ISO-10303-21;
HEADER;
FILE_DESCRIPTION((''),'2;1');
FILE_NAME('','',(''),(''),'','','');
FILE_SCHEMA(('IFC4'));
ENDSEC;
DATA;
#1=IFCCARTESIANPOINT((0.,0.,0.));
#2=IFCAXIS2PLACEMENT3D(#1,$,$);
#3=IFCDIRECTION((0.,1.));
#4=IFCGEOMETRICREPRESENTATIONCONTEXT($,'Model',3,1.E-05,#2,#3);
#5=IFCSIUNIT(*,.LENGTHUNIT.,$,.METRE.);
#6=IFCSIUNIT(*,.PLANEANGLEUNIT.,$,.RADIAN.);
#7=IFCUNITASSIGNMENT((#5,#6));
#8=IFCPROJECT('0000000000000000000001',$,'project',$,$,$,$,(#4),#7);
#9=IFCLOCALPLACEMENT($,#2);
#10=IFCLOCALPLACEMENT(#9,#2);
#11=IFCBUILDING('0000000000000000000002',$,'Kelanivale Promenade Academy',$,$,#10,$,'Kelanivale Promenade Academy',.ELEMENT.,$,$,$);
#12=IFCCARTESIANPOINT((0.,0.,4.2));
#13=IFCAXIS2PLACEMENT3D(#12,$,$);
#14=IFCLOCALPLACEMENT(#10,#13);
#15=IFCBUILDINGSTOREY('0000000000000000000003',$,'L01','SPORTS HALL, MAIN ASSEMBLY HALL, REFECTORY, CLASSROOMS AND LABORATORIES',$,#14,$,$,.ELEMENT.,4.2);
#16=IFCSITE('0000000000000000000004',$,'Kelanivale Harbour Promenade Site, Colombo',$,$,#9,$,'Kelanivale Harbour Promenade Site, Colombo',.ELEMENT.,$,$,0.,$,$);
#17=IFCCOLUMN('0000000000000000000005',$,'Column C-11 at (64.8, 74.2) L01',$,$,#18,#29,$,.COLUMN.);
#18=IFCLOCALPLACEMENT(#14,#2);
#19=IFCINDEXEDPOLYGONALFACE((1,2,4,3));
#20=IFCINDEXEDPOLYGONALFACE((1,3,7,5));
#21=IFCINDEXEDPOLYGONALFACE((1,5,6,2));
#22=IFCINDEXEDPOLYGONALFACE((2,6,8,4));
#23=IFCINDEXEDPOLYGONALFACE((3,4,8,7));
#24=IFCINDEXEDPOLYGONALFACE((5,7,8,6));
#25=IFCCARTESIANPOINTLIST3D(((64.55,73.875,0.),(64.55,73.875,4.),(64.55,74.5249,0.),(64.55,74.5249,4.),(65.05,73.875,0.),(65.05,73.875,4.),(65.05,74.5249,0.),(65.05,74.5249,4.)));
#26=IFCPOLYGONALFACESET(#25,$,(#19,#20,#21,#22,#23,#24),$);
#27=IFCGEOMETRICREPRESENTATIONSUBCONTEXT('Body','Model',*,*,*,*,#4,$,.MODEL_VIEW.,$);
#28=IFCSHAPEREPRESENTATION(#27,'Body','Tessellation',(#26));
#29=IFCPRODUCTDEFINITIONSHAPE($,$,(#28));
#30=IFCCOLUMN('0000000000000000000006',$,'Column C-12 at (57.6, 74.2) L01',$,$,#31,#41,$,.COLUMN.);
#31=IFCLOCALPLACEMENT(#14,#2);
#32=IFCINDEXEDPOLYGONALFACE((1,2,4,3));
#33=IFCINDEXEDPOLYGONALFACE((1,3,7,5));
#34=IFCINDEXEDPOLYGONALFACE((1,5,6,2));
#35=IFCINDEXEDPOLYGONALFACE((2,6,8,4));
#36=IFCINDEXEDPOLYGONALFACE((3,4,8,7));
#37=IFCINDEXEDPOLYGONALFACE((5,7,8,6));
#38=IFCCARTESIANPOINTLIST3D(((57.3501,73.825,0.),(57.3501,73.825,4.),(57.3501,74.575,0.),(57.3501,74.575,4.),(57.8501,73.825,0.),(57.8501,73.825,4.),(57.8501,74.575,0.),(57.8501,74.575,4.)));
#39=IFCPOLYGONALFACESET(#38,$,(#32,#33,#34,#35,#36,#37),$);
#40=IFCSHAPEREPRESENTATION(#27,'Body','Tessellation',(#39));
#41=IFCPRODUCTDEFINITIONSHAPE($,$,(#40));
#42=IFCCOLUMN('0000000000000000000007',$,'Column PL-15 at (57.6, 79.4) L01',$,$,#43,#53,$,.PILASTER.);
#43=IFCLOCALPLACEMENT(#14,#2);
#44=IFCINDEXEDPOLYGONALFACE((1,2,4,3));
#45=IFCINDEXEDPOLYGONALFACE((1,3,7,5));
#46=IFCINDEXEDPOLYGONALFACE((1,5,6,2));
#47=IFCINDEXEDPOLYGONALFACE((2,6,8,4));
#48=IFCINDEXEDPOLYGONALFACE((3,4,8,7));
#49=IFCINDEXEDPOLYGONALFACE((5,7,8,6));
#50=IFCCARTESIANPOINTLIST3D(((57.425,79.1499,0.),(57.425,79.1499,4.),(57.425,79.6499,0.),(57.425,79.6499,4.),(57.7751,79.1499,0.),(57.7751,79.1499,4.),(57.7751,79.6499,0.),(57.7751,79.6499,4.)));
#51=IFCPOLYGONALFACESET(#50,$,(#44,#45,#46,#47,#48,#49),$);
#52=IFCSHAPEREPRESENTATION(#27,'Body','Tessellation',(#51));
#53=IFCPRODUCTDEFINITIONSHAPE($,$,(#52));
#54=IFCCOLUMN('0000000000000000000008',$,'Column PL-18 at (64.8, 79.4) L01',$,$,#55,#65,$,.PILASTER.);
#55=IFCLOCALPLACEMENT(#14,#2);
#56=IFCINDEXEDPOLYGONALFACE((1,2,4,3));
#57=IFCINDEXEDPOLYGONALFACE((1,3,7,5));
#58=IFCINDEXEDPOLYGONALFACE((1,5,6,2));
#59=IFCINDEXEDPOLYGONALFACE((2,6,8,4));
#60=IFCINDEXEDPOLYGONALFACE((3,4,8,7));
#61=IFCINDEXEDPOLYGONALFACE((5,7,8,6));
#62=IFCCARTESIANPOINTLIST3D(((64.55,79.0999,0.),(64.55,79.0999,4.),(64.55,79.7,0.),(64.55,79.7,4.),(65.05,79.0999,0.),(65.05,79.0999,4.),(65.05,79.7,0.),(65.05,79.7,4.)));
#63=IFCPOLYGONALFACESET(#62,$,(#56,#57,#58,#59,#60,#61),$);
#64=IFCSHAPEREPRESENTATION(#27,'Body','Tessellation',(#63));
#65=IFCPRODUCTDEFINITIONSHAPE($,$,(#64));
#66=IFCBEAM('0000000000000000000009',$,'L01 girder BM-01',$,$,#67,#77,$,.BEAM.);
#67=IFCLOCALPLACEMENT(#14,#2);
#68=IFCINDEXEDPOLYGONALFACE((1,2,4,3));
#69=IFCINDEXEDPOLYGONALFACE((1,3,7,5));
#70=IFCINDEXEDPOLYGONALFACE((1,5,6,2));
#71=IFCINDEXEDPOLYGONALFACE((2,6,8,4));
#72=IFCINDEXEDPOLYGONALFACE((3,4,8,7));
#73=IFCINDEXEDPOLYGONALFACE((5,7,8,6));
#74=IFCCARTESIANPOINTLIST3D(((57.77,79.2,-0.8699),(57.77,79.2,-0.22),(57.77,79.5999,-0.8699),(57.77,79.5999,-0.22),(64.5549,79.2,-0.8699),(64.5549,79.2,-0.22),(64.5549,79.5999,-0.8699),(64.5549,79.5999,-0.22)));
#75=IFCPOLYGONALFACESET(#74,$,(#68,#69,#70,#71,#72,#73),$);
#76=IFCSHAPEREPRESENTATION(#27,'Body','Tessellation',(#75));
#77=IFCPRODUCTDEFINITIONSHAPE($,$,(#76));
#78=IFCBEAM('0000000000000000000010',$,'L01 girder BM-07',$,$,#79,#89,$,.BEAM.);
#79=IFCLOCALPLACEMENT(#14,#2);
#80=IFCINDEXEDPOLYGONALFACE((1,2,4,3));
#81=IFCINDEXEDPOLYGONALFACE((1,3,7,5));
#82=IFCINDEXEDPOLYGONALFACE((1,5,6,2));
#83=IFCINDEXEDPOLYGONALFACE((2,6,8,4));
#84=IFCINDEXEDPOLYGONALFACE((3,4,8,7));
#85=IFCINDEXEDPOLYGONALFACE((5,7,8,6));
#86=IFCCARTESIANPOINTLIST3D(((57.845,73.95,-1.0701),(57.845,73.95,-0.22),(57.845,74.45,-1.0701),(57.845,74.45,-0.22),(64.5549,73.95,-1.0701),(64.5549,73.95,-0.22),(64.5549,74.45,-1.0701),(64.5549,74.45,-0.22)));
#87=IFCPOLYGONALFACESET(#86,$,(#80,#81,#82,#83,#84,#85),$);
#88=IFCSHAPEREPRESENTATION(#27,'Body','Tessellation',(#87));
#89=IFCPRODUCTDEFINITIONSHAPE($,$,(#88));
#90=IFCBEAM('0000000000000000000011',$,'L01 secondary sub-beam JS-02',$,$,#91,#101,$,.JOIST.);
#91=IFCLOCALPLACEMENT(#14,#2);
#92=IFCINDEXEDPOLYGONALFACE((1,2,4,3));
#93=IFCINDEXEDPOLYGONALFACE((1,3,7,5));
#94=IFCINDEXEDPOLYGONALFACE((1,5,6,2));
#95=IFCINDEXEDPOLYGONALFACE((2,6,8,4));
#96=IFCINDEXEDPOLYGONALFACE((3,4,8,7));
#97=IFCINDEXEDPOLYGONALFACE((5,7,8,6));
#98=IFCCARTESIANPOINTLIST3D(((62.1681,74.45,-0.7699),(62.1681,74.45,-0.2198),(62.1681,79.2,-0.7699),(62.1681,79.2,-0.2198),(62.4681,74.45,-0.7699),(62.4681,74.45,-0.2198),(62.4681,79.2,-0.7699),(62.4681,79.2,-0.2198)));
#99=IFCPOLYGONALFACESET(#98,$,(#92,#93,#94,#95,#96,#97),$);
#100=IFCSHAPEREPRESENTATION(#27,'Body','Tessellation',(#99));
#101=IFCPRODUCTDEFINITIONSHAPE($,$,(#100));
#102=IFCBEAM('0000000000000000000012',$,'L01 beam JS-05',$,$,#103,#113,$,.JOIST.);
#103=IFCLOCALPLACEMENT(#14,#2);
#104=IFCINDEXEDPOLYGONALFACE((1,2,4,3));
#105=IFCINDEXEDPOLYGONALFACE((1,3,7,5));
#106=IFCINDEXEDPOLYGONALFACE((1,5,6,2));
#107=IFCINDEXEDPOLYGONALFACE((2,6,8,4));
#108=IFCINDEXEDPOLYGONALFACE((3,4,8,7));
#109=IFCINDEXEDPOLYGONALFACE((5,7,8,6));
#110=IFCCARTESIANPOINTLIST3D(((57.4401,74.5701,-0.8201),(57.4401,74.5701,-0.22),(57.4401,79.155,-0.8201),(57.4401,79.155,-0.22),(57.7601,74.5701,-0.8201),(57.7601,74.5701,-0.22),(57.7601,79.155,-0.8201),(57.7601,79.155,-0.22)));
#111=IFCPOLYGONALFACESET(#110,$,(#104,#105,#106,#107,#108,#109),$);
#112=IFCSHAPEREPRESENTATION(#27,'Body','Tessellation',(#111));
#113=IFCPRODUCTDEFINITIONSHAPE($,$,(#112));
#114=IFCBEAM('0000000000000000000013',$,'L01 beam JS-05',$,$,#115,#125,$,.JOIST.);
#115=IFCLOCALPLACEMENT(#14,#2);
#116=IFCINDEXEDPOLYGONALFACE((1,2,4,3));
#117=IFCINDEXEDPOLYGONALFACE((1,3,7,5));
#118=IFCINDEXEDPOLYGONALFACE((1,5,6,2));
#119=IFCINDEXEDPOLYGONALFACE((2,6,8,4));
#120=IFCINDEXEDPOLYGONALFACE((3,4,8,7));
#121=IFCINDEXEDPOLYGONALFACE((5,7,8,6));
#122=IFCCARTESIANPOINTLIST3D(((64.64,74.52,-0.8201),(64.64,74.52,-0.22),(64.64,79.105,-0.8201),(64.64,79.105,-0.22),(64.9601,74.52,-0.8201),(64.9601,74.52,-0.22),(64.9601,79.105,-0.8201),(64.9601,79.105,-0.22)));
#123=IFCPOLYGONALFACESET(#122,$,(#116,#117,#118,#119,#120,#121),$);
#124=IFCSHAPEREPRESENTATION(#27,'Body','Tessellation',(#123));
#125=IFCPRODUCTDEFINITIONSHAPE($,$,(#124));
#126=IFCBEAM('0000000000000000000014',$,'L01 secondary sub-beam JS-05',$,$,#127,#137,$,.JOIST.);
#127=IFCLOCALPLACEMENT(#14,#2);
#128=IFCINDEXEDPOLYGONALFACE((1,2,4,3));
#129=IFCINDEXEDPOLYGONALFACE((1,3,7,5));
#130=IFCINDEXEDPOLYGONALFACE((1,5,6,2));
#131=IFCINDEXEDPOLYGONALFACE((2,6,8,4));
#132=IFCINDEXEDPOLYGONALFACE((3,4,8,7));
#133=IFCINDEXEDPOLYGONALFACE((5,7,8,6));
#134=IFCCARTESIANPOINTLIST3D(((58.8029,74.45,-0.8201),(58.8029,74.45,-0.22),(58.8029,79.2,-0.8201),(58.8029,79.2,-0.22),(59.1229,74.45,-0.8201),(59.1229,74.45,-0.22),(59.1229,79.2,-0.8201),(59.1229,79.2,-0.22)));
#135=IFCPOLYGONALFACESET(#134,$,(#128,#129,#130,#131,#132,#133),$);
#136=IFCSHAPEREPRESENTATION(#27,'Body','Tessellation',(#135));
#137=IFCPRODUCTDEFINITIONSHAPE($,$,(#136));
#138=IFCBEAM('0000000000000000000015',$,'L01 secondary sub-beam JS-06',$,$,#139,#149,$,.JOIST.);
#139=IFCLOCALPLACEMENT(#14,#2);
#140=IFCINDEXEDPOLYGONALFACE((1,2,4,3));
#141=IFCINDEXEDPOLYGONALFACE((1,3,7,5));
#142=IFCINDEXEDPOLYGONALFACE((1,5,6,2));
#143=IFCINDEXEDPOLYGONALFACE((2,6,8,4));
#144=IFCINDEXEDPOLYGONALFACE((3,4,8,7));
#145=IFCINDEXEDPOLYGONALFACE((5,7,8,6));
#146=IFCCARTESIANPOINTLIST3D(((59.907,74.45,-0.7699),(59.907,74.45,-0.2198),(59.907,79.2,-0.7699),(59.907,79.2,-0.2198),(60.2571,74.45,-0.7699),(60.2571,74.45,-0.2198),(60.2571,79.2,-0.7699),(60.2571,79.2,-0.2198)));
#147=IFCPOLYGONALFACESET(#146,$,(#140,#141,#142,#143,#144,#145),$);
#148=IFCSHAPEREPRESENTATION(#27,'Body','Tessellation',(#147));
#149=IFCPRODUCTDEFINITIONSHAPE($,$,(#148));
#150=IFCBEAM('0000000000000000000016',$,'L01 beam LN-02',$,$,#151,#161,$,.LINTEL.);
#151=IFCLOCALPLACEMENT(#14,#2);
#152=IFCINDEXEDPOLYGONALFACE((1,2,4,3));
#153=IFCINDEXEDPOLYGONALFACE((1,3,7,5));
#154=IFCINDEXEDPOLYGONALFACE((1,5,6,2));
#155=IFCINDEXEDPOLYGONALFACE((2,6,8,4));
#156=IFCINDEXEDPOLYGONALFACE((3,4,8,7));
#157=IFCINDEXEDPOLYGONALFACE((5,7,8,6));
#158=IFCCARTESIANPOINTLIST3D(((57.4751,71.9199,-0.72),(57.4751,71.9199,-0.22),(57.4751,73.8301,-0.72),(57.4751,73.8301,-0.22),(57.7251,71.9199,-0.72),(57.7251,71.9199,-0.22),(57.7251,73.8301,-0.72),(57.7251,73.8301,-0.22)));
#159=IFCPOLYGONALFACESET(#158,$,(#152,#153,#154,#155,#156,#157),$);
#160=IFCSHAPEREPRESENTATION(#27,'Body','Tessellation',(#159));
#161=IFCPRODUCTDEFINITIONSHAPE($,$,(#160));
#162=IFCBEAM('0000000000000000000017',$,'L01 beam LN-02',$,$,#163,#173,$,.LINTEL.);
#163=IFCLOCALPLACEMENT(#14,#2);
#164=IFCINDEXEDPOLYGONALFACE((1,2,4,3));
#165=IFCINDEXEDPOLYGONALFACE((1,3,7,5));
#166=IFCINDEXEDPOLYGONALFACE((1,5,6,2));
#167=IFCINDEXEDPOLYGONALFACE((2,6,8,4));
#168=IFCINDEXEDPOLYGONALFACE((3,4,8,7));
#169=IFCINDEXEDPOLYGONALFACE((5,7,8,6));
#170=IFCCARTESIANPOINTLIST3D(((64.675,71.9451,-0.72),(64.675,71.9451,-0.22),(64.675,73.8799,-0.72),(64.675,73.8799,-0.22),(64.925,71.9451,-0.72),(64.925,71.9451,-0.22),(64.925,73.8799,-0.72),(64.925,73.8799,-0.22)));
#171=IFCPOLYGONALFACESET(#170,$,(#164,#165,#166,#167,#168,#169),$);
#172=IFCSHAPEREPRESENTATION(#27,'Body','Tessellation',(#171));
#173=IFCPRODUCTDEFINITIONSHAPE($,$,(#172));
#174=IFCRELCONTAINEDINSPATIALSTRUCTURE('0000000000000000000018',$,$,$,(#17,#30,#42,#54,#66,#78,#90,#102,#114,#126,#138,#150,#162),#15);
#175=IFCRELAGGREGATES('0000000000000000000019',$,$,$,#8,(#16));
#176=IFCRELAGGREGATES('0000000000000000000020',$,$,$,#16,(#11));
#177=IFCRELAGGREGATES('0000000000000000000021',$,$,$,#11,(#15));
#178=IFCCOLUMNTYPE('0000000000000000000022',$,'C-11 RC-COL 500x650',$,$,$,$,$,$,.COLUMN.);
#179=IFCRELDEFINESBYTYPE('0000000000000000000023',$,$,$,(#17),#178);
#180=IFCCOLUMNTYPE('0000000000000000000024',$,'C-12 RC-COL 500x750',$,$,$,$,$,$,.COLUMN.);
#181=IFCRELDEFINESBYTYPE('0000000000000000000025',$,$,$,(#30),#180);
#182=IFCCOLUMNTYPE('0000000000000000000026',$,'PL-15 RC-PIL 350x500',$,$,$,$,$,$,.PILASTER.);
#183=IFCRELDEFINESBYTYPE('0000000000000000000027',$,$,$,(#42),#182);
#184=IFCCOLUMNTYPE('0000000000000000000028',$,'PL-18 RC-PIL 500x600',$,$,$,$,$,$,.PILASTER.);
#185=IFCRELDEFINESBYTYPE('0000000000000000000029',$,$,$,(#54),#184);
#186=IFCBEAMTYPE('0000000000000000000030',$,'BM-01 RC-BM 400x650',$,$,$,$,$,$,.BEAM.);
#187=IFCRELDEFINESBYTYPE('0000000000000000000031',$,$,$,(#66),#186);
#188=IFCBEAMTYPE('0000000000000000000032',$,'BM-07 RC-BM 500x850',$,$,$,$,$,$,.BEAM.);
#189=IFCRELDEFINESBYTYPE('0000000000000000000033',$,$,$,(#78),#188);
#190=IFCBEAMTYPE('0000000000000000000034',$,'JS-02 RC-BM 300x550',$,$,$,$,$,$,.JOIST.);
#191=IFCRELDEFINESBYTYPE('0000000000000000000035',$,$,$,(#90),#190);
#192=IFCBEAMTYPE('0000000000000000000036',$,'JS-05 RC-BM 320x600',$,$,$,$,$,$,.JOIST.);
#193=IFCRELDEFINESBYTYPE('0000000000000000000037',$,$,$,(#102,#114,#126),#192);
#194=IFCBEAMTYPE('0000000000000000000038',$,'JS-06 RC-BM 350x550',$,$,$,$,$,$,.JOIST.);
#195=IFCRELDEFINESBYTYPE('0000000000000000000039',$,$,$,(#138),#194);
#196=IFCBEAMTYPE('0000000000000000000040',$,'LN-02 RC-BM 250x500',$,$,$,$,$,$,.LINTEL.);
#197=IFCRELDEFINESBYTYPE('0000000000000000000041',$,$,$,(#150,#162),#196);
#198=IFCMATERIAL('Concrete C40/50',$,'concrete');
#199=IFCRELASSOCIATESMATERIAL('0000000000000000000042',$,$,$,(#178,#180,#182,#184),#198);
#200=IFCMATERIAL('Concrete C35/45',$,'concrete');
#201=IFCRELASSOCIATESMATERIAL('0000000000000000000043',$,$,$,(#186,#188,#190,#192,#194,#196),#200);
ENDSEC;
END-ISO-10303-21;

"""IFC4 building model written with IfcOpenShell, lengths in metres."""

from ifc_helpers import new_model, si_unit, direction, frame, origin, origin_2d, place, context, subcontext, project, spatial, rectangle, extrude, material, material_profile, profile_set, type_object, element, save


model = new_model("IFC4")

# Units and contexts
model_context = context("Model", 3, precision=1e-05, world=origin(), true_north=direction((0.0, 1.0)))
body_context = subcontext(model_context, "Body", "Model", "MODEL_VIEW")
ifc_project = project(units=[si_unit("LENGTHUNIT", "METRE"), si_unit("PLANEANGLEUNIT", "RADIAN")], contexts=[model_context])

# Site, building, storey
site_placement = place(None, origin())
site = spatial("IfcSite", under=ifc_project, at=site_placement, Name="Kelanivale Harbour Promenade Site, Colombo", LongName="Kelanivale Harbour Promenade Site, Colombo", CompositionType="ELEMENT", RefElevation=0.0)
building_placement = place(site_placement, origin())
building = spatial("IfcBuilding", under=site, at=building_placement, Name="Kelanivale Promenade Academy", LongName="Kelanivale Promenade Academy", CompositionType="ELEMENT")
storey_placement = place(building_placement, frame((0.0, 0.0, 4.2)))
storey = spatial("IfcBuildingStorey", under=building, at=storey_placement, Name="L01", Description="SPORTS HALL, MAIN ASSEMBLY HALL, REFECTORY, CLASSROOMS AND LABORATORIES", CompositionType="ELEMENT", Elevation=4.2)

# Columns
ifc_material_1 = material(Name="Concrete C40/50", Category="concrete")
ifc_material_profile_1 = material_profile(ifc_material_1, rectangle(XDim=0.5, YDim=0.6499, at=origin_2d()), Name="RC-COL 500x650")
ifc_profile_set_1 = profile_set([ifc_material_profile_1], Name="Concrete C40/50")
column_type_1 = type_object("IfcColumnType", Name="C-11 RC-COL 500x650", PredefinedType="COLUMN", material=ifc_profile_set_1)
column_1_placement = place(storey_placement, frame((64.8, 74.2, 0.0), z_axis=(0.0, 0.0, 1.0), x_axis=(1.0, 0.0, 0.0)))
element("IfcColumn", 1, at=column_1_placement, inside=storey, type_object=column_type_1, Name="Column C-11 at (64.8, 74.2) L01", PredefinedType="COLUMN", context=body_context, shape_type="SweptSolid", body=[
    extrude(rectangle(XDim=0.5, YDim=0.6499, at=origin_2d()), origin(), (0.0, 0.0, 1.0), 4.0),
])
ifc_material_profile_2 = material_profile(ifc_material_1, rectangle(XDim=0.5, YDim=0.75, at=origin_2d()), Name="RC-COL 500x750")
ifc_profile_set_2 = profile_set([ifc_material_profile_2], Name="Concrete C40/50")
column_type_2 = type_object("IfcColumnType", Name="C-12 RC-COL 500x750", PredefinedType="COLUMN", material=ifc_profile_set_2)
column_2_placement = place(storey_placement, frame((57.6001, 74.2, 0.0), z_axis=(0.0, 0.0, 1.0), x_axis=(1.0, 0.0, 0.0)))
element("IfcColumn", 2, at=column_2_placement, inside=storey, type_object=column_type_2, Name="Column C-12 at (57.6, 74.2) L01", PredefinedType="COLUMN", context=body_context, shape_type="SweptSolid", body=[
    extrude(rectangle(XDim=0.5, YDim=0.75, at=origin_2d()), origin(), (0.0, 0.0, 1.0), 4.0),
])
ifc_material_profile_3 = material_profile(ifc_material_1, rectangle(XDim=0.3501, YDim=0.5, at=origin_2d()), Name="RC-PIL 350x500")
ifc_profile_set_3 = profile_set([ifc_material_profile_3], Name="Concrete C40/50")
column_type_3 = type_object("IfcColumnType", Name="PL-15 RC-PIL 350x500", PredefinedType="PILASTER", material=ifc_profile_set_3)
column_3_placement = place(storey_placement, frame((57.6001, 79.3999, 0.0), z_axis=(0.0, 0.0, 1.0), x_axis=(1.0, 0.0, 0.0)))
element("IfcColumn", 3, at=column_3_placement, inside=storey, type_object=column_type_3, Name="Column PL-15 at (57.6, 79.4) L01", PredefinedType="PILASTER", context=body_context, shape_type="SweptSolid", body=[
    extrude(rectangle(XDim=0.3501, YDim=0.5, at=origin_2d()), origin(), (0.0, 0.0, 1.0), 4.0),
])
ifc_material_profile_4 = material_profile(ifc_material_1, rectangle(XDim=0.5, YDim=0.6001, at=origin_2d()), Name="RC-PIL 500x600")
ifc_profile_set_4 = profile_set([ifc_material_profile_4], Name="Concrete C40/50")
column_type_4 = type_object("IfcColumnType", Name="PL-18 RC-PIL 500x600", PredefinedType="PILASTER", material=ifc_profile_set_4)
column_4_placement = place(storey_placement, frame((64.8, 79.3999, 0.0), z_axis=(0.0, 0.0, 1.0), x_axis=(1.0, 0.0, 0.0)))
element("IfcColumn", 4, at=column_4_placement, inside=storey, type_object=column_type_4, Name="Column PL-18 at (64.8, 79.4) L01", PredefinedType="PILASTER", context=body_context, shape_type="SweptSolid", body=[
    extrude(rectangle(XDim=0.5, YDim=0.6001, at=origin_2d()), origin(), (0.0, 0.0, 1.0), 4.0),
])

# Beams
ifc_material_2 = material(Name="Concrete C35/45", Category="concrete")
ifc_material_profile_5 = material_profile(ifc_material_2, rectangle(XDim=0.3999, YDim=0.6499, at=origin_2d()), Name="RC-BM 400x650")
ifc_profile_set_5 = profile_set([ifc_material_profile_5], Name="Concrete C35/45")
beam_type_1 = type_object("IfcBeamType", Name="BM-01 RC-BM 400x650", PredefinedType="BEAM", material=ifc_profile_set_5)
beam_1_placement = place(storey_placement, frame((57.77, 79.3999, -0.5449), z_axis=(1.0, 0.0, 0.0), x_axis=(0.0, 1.0, 0.0)))
element("IfcBeam", 5, at=beam_1_placement, inside=storey, type_object=beam_type_1, Name="L01 girder BM-01", PredefinedType="BEAM", context=body_context, shape_type="SweptSolid", body=[
    extrude(rectangle(XDim=0.3999, YDim=0.6499, at=origin_2d()), origin(), (0.0, 0.0, 1.0), 6.7849),
])
ifc_material_profile_6 = material_profile(ifc_material_2, rectangle(XDim=0.5, YDim=0.8501, at=origin_2d()), Name="RC-BM 500x850")
ifc_profile_set_6 = profile_set([ifc_material_profile_6], Name="Concrete C35/45")
beam_type_2 = type_object("IfcBeamType", Name="BM-07 RC-BM 500x850", PredefinedType="BEAM", material=ifc_profile_set_6)
beam_2_placement = place(storey_placement, frame((57.845, 74.2, -0.645), z_axis=(1.0, 0.0, 0.0), x_axis=(0.0, 1.0, 0.0)))
element("IfcBeam", 6, at=beam_2_placement, inside=storey, type_object=beam_type_2, Name="L01 girder BM-07", PredefinedType="BEAM", context=body_context, shape_type="SweptSolid", body=[
    extrude(rectangle(XDim=0.5, YDim=0.8501, at=origin_2d()), origin(), (0.0, 0.0, 1.0), 6.71),
])
ifc_material_profile_7 = material_profile(ifc_material_2, rectangle(XDim=0.3, YDim=0.55, at=origin_2d()), Name="RC-BM 300x550")
ifc_profile_set_7 = profile_set([ifc_material_profile_7], Name="Concrete C35/45")
beam_type_3 = type_object("IfcBeamType", Name="JS-02 RC-BM 300x550", PredefinedType="JOIST", material=ifc_profile_set_7)
beam_3_placement = place(storey_placement, frame((62.3181, 74.45, -0.4949), z_axis=(0.0, 1.0, 0.0), x_axis=(-1.0, 0.0, 0.0)))
element("IfcBeam", 7, at=beam_3_placement, inside=storey, type_object=beam_type_3, Name="L01 secondary sub-beam JS-02", PredefinedType="JOIST", context=body_context, shape_type="SweptSolid", body=[
    extrude(rectangle(XDim=0.3, YDim=0.55, at=origin_2d()), origin(), (0.0, 0.0, 1.0), 4.75),
])
ifc_material_profile_8 = material_profile(ifc_material_2, rectangle(XDim=0.3201, YDim=0.6001, at=origin_2d()), Name="RC-BM 320x600")
ifc_profile_set_8 = profile_set([ifc_material_profile_8], Name="Concrete C35/45")
beam_type_4 = type_object("IfcBeamType", Name="JS-05 RC-BM 320x600", PredefinedType="JOIST", material=ifc_profile_set_8)
for number, where, z_axis, x_axis, name in (
    (8, (57.6001, 74.5701, -0.52), (0.0, 1.0, 0.0), (-1.0, 0.0, 0.0), "L01 beam JS-05"),
    (9, (64.8, 74.52, -0.52), (0.0, 1.0, 0.0), (-1.0, 0.0, 0.0), "L01 beam JS-05"),
):
    element("IfcBeam", number, at=place(storey_placement, frame(where, z_axis=z_axis, x_axis=x_axis)), inside=storey, type_object=beam_type_4, Name=name, PredefinedType="JOIST", context=body_context, shape_type="SweptSolid", body=[
        extrude(rectangle(XDim=0.3201, YDim=0.6001, at=origin_2d()), origin(), (0.0, 0.0, 1.0), 4.585),
    ])
beam_4_placement = place(storey_placement, frame((58.9629, 74.45, -0.52), z_axis=(0.0, 1.0, 0.0), x_axis=(-1.0, 0.0, 0.0)))
element("IfcBeam", 10, at=beam_4_placement, inside=storey, type_object=beam_type_4, Name="L01 secondary sub-beam JS-05", PredefinedType="JOIST", context=body_context, shape_type="SweptSolid", body=[
    extrude(rectangle(XDim=0.3201, YDim=0.6001, at=origin_2d()), origin(), (0.0, 0.0, 1.0), 4.75),
])
ifc_material_profile_9 = material_profile(ifc_material_2, rectangle(XDim=0.3501, YDim=0.55, at=origin_2d()), Name="RC-BM 350x550")
ifc_profile_set_9 = profile_set([ifc_material_profile_9], Name="Concrete C35/45")
beam_type_5 = type_object("IfcBeamType", Name="JS-06 RC-BM 350x550", PredefinedType="JOIST", material=ifc_profile_set_9)
beam_5_placement = place(storey_placement, frame((60.082, 74.45, -0.4949), z_axis=(0.0, 1.0, 0.0), x_axis=(-1.0, 0.0, 0.0)))
element("IfcBeam", 11, at=beam_5_placement, inside=storey, type_object=beam_type_5, Name="L01 secondary sub-beam JS-06", PredefinedType="JOIST", context=body_context, shape_type="SweptSolid", body=[
    extrude(rectangle(XDim=0.3501, YDim=0.55, at=origin_2d()), origin(), (0.0, 0.0, 1.0), 4.75),
])
ifc_material_profile_10 = material_profile(ifc_material_2, rectangle(XDim=0.25, YDim=0.5, at=origin_2d()), Name="RC-BM 250x500")
ifc_profile_set_10 = profile_set([ifc_material_profile_10], Name="Concrete C35/45")
beam_type_6 = type_object("IfcBeamType", Name="LN-02 RC-BM 250x500", PredefinedType="LINTEL", material=ifc_profile_set_10)
beam_6_placement = place(storey_placement, frame((57.6001, 71.9199, -0.47), z_axis=(0.0, 1.0, 0.0), x_axis=(-1.0, 0.0, 0.0)))
element("IfcBeam", 12, at=beam_6_placement, inside=storey, type_object=beam_type_6, Name="L01 beam LN-02", PredefinedType="LINTEL", context=body_context, shape_type="SweptSolid", body=[
    extrude(rectangle(XDim=0.25, YDim=0.5, at=origin_2d()), origin(), (0.0, 0.0, 1.0), 1.9102),
])
beam_7_placement = place(storey_placement, frame((64.8, 71.9451, -0.47), z_axis=(0.0, 1.0, 0.0), x_axis=(-1.0, 0.0, 0.0)))
element("IfcBeam", 13, at=beam_7_placement, inside=storey, type_object=beam_type_6, Name="L01 beam LN-02", PredefinedType="LINTEL", context=body_context, shape_type="SweptSolid", body=[
    extrude(rectangle(XDim=0.25, YDim=0.5, at=origin_2d()), origin(), (0.0, 0.0, 1.0), 1.9348),
])

save(model, "model.ifc")
